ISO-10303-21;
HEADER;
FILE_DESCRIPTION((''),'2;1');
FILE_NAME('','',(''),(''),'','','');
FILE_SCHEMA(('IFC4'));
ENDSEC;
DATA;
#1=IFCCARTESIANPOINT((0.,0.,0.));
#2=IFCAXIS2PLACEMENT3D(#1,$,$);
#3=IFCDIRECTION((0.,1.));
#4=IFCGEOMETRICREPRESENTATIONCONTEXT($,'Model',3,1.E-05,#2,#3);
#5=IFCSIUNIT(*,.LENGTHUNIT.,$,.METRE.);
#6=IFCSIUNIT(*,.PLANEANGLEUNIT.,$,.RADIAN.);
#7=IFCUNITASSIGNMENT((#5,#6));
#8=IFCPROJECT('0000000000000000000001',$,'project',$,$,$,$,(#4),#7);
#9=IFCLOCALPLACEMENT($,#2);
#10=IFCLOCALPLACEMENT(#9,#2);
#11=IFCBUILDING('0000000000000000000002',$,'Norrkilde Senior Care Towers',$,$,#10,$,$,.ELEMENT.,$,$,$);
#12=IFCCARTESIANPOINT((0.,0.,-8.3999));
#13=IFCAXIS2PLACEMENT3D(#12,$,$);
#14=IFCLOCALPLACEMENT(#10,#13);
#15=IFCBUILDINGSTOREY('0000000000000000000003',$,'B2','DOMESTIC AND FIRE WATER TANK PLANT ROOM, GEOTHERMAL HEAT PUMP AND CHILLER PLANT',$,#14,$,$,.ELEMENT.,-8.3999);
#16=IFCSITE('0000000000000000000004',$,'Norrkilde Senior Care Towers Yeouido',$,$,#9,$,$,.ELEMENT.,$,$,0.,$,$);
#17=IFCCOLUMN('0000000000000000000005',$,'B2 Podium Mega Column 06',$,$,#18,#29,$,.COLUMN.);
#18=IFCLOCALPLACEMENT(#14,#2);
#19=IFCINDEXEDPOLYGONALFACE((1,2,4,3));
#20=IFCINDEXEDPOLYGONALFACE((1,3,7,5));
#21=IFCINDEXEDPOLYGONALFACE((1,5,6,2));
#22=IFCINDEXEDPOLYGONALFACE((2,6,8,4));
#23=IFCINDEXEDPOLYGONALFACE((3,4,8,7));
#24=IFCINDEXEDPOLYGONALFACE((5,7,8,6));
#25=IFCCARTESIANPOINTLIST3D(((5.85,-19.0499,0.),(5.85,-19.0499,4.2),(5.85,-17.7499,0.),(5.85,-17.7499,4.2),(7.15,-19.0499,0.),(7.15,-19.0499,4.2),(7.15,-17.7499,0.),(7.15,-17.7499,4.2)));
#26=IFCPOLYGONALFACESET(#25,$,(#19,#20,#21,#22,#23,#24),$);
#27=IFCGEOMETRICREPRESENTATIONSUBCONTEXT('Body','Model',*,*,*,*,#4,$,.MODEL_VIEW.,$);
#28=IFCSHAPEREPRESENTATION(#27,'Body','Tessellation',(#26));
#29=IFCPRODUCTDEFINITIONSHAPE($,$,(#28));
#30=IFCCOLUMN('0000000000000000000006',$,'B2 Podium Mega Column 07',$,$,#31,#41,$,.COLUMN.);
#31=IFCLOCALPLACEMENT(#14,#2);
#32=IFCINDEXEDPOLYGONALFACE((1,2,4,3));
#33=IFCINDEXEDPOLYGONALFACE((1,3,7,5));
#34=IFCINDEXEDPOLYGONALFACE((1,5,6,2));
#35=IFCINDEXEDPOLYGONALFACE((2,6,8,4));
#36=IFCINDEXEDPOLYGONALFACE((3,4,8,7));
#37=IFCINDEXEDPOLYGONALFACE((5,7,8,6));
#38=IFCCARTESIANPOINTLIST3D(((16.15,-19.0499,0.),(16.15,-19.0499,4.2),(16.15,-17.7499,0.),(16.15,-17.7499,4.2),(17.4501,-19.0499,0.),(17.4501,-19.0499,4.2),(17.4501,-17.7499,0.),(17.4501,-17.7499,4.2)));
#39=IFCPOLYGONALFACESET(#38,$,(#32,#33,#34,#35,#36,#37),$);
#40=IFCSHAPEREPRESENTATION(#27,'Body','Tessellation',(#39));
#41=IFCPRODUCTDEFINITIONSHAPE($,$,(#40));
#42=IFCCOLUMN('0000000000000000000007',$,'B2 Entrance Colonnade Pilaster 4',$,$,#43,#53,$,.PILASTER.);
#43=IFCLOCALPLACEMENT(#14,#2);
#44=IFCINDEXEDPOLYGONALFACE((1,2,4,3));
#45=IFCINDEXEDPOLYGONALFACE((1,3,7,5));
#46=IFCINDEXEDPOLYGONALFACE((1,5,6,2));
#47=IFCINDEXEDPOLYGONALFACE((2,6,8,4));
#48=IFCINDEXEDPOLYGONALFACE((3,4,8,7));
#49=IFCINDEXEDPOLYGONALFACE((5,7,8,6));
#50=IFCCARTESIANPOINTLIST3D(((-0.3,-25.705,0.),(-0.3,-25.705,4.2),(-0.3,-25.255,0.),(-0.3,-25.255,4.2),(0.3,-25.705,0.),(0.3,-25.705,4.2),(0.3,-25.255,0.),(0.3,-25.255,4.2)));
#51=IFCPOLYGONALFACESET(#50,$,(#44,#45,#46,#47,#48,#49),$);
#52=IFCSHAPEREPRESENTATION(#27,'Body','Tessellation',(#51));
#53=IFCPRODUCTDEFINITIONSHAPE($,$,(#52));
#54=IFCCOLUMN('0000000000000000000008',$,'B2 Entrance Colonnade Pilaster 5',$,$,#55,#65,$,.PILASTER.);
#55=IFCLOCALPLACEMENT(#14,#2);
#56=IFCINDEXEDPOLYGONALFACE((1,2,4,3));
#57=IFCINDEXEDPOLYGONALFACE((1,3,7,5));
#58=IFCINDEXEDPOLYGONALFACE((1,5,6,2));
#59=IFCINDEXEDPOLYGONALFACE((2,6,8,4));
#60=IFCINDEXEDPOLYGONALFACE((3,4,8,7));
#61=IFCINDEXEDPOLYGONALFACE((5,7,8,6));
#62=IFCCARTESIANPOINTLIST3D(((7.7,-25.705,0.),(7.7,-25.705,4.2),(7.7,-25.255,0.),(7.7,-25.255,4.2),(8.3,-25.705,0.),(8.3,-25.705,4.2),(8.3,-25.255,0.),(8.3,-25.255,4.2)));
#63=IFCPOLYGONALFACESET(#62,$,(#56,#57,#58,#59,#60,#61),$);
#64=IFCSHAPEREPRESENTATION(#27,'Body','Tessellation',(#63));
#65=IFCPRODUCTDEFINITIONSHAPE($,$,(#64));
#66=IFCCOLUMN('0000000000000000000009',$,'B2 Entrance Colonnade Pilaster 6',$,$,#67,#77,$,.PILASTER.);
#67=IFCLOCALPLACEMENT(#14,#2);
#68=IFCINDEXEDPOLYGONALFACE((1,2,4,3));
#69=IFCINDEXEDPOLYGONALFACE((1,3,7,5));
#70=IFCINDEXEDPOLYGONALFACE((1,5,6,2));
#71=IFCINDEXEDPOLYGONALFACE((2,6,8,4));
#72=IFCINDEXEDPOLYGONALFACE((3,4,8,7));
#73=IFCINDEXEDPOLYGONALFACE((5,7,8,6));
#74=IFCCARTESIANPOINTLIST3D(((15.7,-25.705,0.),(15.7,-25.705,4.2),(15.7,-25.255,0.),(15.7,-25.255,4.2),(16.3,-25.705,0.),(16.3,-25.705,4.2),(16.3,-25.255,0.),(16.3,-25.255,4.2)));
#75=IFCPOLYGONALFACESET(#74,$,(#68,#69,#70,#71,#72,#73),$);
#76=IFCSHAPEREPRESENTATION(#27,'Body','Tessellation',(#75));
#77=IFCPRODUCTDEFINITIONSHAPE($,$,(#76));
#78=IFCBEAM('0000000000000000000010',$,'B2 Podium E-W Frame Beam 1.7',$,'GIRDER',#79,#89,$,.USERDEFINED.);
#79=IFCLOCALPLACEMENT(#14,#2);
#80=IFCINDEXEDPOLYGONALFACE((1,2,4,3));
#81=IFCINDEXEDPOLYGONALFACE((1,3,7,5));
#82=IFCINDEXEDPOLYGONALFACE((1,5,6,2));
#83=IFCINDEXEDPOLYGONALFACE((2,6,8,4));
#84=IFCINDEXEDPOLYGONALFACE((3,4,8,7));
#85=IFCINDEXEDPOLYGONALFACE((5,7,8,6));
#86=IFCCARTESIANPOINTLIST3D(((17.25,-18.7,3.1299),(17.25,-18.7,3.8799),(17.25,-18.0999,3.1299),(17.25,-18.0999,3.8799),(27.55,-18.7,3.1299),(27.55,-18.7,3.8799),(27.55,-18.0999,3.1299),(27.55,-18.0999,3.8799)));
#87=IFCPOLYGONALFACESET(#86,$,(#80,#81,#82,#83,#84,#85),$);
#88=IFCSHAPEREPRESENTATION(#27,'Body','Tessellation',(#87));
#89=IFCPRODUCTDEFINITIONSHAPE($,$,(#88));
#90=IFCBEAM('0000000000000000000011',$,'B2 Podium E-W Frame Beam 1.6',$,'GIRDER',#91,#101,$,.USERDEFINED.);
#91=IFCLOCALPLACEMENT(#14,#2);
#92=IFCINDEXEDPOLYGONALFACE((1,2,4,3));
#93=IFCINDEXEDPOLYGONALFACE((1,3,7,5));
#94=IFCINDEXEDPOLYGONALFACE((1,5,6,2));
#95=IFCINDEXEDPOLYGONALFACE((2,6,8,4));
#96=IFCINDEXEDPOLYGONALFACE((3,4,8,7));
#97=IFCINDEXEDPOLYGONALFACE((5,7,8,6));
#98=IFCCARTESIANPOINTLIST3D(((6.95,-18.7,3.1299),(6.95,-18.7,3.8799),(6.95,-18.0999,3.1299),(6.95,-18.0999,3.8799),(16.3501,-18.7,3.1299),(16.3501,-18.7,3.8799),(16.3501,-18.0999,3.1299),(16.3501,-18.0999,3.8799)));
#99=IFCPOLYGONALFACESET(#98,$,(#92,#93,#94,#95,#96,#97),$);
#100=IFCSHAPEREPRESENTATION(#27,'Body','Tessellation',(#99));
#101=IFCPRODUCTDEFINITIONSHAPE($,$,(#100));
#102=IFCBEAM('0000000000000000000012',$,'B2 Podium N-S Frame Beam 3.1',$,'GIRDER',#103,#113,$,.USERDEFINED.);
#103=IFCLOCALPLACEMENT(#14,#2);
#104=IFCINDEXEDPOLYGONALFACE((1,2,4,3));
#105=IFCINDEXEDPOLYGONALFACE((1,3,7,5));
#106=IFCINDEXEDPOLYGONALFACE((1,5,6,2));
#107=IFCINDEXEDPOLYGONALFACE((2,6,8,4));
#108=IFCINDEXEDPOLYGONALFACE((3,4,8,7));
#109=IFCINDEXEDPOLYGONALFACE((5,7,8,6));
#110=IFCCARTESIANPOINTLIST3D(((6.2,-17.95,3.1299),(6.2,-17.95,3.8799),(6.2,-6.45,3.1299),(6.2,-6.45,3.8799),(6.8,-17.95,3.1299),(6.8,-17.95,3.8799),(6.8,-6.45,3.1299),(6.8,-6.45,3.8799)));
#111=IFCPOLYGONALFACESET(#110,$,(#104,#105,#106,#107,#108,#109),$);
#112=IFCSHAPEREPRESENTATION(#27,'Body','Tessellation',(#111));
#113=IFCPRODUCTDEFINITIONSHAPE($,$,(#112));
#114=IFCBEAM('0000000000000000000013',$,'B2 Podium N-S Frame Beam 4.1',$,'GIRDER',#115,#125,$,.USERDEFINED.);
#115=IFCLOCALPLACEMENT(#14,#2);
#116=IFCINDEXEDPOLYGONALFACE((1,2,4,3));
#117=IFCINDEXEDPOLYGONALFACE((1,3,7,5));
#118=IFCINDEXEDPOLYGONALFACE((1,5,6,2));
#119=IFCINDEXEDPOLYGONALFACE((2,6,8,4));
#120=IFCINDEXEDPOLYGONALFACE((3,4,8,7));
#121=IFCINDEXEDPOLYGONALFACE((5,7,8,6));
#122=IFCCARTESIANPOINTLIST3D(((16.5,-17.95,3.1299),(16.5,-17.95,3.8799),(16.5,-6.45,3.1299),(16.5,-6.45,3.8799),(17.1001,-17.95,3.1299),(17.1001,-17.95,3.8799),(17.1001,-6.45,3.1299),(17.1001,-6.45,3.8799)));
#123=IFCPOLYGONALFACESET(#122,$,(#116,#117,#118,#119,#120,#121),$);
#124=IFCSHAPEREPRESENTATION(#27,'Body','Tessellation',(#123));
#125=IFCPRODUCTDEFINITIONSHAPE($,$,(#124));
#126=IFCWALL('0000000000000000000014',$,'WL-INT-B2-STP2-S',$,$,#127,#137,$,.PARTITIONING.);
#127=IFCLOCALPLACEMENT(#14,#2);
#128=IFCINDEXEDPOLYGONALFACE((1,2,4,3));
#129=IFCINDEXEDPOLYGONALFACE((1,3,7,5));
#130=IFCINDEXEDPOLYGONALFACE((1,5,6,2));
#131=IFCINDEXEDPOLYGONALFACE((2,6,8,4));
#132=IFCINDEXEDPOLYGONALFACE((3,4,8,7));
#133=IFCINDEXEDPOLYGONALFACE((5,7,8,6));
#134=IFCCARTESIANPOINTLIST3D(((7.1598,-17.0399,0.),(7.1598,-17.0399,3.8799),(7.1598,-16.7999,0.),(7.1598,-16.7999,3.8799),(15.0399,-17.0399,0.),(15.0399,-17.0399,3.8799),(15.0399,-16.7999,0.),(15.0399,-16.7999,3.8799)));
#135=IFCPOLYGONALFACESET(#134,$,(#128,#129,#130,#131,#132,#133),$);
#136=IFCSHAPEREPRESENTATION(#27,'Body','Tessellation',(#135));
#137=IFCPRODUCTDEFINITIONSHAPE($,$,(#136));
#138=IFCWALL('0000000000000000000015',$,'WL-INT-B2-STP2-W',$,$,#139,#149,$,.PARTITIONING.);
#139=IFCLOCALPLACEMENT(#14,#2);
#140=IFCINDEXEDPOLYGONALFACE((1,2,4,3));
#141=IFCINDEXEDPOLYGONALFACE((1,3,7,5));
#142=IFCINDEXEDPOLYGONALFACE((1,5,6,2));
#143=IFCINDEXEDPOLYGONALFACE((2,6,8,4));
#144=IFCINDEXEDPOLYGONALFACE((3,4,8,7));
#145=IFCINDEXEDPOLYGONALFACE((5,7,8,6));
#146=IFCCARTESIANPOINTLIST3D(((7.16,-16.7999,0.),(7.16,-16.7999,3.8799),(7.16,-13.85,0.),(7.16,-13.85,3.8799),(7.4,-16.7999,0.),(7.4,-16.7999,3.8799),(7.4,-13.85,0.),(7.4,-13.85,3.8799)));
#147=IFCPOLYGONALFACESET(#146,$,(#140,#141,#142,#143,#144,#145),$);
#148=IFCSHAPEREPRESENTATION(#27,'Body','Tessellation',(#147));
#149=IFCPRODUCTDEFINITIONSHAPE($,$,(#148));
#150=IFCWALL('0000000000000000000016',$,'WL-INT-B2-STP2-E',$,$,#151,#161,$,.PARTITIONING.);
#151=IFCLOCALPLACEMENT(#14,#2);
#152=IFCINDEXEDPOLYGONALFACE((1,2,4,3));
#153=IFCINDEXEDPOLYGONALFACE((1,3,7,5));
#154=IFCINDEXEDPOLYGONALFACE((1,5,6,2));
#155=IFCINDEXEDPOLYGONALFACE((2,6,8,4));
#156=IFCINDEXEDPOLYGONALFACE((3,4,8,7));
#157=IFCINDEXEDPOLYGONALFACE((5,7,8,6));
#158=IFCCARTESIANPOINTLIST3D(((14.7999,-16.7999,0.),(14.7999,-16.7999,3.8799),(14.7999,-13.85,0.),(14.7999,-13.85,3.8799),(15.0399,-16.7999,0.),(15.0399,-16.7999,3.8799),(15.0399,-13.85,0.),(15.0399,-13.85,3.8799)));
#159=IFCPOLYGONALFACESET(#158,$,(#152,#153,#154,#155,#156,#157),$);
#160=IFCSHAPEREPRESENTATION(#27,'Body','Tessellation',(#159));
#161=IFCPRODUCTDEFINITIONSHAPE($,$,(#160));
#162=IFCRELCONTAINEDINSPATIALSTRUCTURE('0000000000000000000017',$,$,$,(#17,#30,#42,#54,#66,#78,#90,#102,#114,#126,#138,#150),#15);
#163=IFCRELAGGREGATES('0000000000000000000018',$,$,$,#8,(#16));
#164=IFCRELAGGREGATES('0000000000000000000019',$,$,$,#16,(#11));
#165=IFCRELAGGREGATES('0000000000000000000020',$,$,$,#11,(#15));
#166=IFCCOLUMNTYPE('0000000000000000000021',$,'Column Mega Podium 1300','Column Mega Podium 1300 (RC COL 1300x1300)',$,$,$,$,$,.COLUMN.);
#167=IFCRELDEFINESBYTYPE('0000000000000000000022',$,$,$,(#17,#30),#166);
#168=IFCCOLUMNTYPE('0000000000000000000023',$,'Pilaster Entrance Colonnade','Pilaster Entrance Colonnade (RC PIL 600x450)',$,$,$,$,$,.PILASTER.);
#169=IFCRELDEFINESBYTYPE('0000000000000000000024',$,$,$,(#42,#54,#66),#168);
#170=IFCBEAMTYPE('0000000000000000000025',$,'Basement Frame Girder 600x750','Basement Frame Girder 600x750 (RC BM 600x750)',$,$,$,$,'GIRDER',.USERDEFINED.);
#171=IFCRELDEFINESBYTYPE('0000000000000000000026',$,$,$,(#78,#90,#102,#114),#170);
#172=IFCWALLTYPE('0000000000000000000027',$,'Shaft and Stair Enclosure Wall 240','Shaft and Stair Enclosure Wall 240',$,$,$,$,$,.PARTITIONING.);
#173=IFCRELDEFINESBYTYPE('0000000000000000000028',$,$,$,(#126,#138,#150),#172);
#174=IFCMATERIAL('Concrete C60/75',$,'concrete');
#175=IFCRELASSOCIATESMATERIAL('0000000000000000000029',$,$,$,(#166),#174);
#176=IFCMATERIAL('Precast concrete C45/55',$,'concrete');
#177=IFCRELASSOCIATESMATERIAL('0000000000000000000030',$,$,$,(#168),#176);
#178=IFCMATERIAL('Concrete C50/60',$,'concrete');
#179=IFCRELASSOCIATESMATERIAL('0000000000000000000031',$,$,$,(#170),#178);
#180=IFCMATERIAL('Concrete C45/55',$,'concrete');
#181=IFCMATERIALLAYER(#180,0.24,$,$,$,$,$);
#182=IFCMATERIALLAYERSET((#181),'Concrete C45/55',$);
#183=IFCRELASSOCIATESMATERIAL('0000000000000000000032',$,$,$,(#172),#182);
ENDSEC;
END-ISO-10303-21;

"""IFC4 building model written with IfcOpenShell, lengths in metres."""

from ifc_helpers import new_model, si_unit, direction, frame, frame_2d, origin, origin_2d, place, context, subcontext, project, spatial, rectangle, extrude, source, transform, mapped, material, layer, layer_set, material_profile, profile_set, type_object, type_shapes, element, save


model = new_model("IFC4")

# Units and contexts
model_context = context("Model", 3, precision=1e-05, world=origin(), true_north=direction((0.0, 1.0)))
body_context = subcontext(model_context, "Body", "Model", "MODEL_VIEW")
ifc_project = project(units=[si_unit("LENGTHUNIT", "METRE"), si_unit("PLANEANGLEUNIT", "RADIAN")], contexts=[model_context])

# Site, building, storey
site_placement = place(None, origin())
site = spatial("IfcSite", under=ifc_project, at=site_placement, Name="Norrkilde Senior Care Towers Yeouido", CompositionType="ELEMENT", RefElevation=0.0)
building_placement = place(site_placement, origin())
building = spatial("IfcBuilding", under=site, at=building_placement, Name="Norrkilde Senior Care Towers", CompositionType="ELEMENT")
storey_placement = place(building_placement, frame((0.0, 0.0, -8.3999)))
storey = spatial("IfcBuildingStorey", under=building, at=storey_placement, Name="B2", Description="DOMESTIC AND FIRE WATER TANK PLANT ROOM, GEOTHERMAL HEAT PUMP AND CHILLER PLANT", CompositionType="ELEMENT", Elevation=-8.3999)

# Shared definitions
ifc_material_1 = material(Name="Concrete C45/55", Category="concrete")

# Columns
ifc_material_2 = material(Name="Concrete C60/75", Category="concrete")
ifc_material_profile_1 = material_profile(ifc_material_2, rectangle(XDim=1.3, YDim=1.3, at=origin_2d()), Name="RC COL 1300x1300")
ifc_profile_set_1 = profile_set([ifc_material_profile_1], Name="Concrete C60/75")
column_type_1 = type_object("IfcColumnType", Name="Column Mega Podium 1300", Description="Column Mega Podium 1300 (RC COL 1300x1300)", PredefinedType="COLUMN", material=ifc_profile_set_1)
shared_shape_1 = source(origin(), body_context, "Body", "SweptSolid", [
    extrude(rectangle(XDim=1.3, YDim=1.3, at=origin_2d()), origin(), (0.0, 0.0, 1.0), 4.2),
])
type_shapes(column_type_1, [shared_shape_1])
for number, where, z_axis, x_axis, name in (
    (1, (6.5, -18.3999, 0.0), (0.0, 0.0, 1.0), (1.0, 0.0, 0.0), "B2 Podium Mega Column 06"),
    (2, (16.8, -18.3999, 0.0), (0.0, 0.0, 1.0), (1.0, 0.0, 0.0), "B2 Podium Mega Column 07"),
):
    element("IfcColumn", number, at=place(storey_placement, frame(where, z_axis=z_axis, x_axis=x_axis)), inside=storey, type_object=column_type_1, Name=name, PredefinedType="COLUMN", context=body_context, shape_type="MappedRepresentation", body=[
        mapped(shared_shape_1, transform((0.0, 0.0, 0.0), x_axis=(1.0, 0.0, 0.0), y_axis=(0.0, 1.0, 0.0), z_axis=(0.0, 0.0, 1.0), scale=1.0)),
    ])
ifc_material_3 = material(Name="Precast concrete C45/55", Category="concrete")
ifc_material_profile_2 = material_profile(ifc_material_3, rectangle(XDim=0.6001, YDim=0.45, at=origin_2d()), Name="RC PIL 600x450")
ifc_profile_set_2 = profile_set([ifc_material_profile_2], Name="Precast concrete C45/55")
column_type_2 = type_object("IfcColumnType", Name="Pilaster Entrance Colonnade", Description="Pilaster Entrance Colonnade (RC PIL 600x450)", PredefinedType="PILASTER", material=ifc_profile_set_2)
shared_shape_2 = source(origin(), body_context, "Body", "SweptSolid", [
    extrude(rectangle(XDim=0.6001, YDim=0.45, at=origin_2d()), origin(), (0.0, 0.0, 1.0), 4.2),
])
type_shapes(column_type_2, [shared_shape_2])
for number, where, z_axis, x_axis, name in (
    (3, (0.0, -25.48, 0.0), (0.0, 0.0, 1.0), (1.0, 0.0, 0.0), "B2 Entrance Colonnade Pilaster 4"),
    (4, (8.0, -25.48, 0.0), (0.0, 0.0, 1.0), (1.0, 0.0, 0.0), "B2 Entrance Colonnade Pilaster 5"),
    (5, (16.0, -25.48, 0.0), (0.0, 0.0, 1.0), (1.0, 0.0, 0.0), "B2 Entrance Colonnade Pilaster 6"),
):
    element("IfcColumn", number, at=place(storey_placement, frame(where, z_axis=z_axis, x_axis=x_axis)), inside=storey, type_object=column_type_2, Name=name, PredefinedType="PILASTER", context=body_context, shape_type="MappedRepresentation", body=[
        mapped(shared_shape_2, transform((0.0, 0.0, 0.0), x_axis=(1.0, 0.0, 0.0), y_axis=(0.0, 1.0, 0.0), z_axis=(0.0, 0.0, 1.0), scale=1.0)),
    ])

# Beams
ifc_material_4 = material(Name="Concrete C50/60", Category="concrete")
ifc_material_profile_3 = material_profile(ifc_material_4, rectangle(XDim=0.6001, YDim=0.75, at=origin_2d()), Name="RC BM 600x750")
ifc_profile_set_3 = profile_set([ifc_material_profile_3], Name="Concrete C50/60")
beam_type = type_object("IfcBeamType", Name="Basement Frame Girder 600x750", Description="Basement Frame Girder 600x750 (RC BM 600x750)", ElementType="GIRDER", PredefinedType="USERDEFINED", material=ifc_profile_set_3)
shared_shape_3 = source(origin(), body_context, "Body", "SweptSolid", [
    extrude(rectangle(XDim=0.6001, YDim=0.75, at=origin_2d()), origin(), (0.0, 0.0, 1.0), 10.3),
])
beam_1_placement = place(storey_placement, frame((17.25, -18.3999, 3.5049), z_axis=(1.0, 0.0, 0.0), x_axis=(0.0, 1.0, 0.0)))
element("IfcBeam", 6, at=beam_1_placement, inside=storey, type_object=beam_type, Name="B2 Podium E-W Frame Beam 1.7", ObjectType="GIRDER", PredefinedType="USERDEFINED", context=body_context, shape_type="MappedRepresentation", body=[
    mapped(shared_shape_3, transform((0.0, 0.0, 0.0), x_axis=(1.0, 0.0, 0.0), y_axis=(0.0, 1.0, 0.0), z_axis=(0.0, 0.0, 1.0), scale=1.0)),
])
shared_shape_4 = source(origin(), body_context, "Body", "SweptSolid", [
    extrude(rectangle(XDim=0.6001, YDim=0.75, at=origin_2d()), origin(), (0.0, 0.0, 1.0), 9.4001),
])
beam_2_placement = place(storey_placement, frame((6.95, -18.3999, 3.5049), z_axis=(1.0, 0.0, 0.0), x_axis=(0.0, 1.0, 0.0)))
element("IfcBeam", 7, at=beam_2_placement, inside=storey, type_object=beam_type, Name="B2 Podium E-W Frame Beam 1.6", ObjectType="GIRDER", PredefinedType="USERDEFINED", context=body_context, shape_type="MappedRepresentation", body=[
    mapped(shared_shape_4, transform((0.0, 0.0, 0.0), x_axis=(1.0, 0.0, 0.0), y_axis=(0.0, 1.0, 0.0), z_axis=(0.0, 0.0, 1.0), scale=1.0)),
])
shared_shape_5 = source(origin(), body_context, "Body", "SweptSolid", [
    extrude(rectangle(XDim=0.6001, YDim=0.75, at=origin_2d()), origin(), (0.0, 0.0, 1.0), 11.5),
])
type_shapes(beam_type, [shared_shape_3, shared_shape_4, shared_shape_5])
for number, where, z_axis, x_axis, name in (
    (8, (6.5, -17.95, 3.5049), (0.0, 1.0, 0.0), (-1.0, 0.0, 0.0), "B2 Podium N-S Frame Beam 3.1"),
    (9, (16.8, -17.95, 3.5049), (0.0, 1.0, 0.0), (-1.0, 0.0, 0.0), "B2 Podium N-S Frame Beam 4.1"),
):
    element("IfcBeam", number, at=place(storey_placement, frame(where, z_axis=z_axis, x_axis=x_axis)), inside=storey, type_object=beam_type, Name=name, ObjectType="GIRDER", PredefinedType="USERDEFINED", context=body_context, shape_type="MappedRepresentation", body=[
        mapped(shared_shape_5, transform((0.0, 0.0, 0.0), x_axis=(1.0, 0.0, 0.0), y_axis=(0.0, 1.0, 0.0), z_axis=(0.0, 0.0, 1.0), scale=1.0)),
    ])

# Walls
ifc_layer = layer(ifc_material_1, 0.24)
ifc_layer_set = layer_set([ifc_layer], Name="Concrete C45/55")
wall_type = type_object("IfcWallType", Name="Shaft and Stair Enclosure Wall 240", Description="Shaft and Stair Enclosure Wall 240", PredefinedType="PARTITIONING", material=ifc_layer_set)
shared_shape_6 = source(origin(), body_context, "Body", "SweptSolid", [
    extrude(rectangle(XDim=7.8801, YDim=0.24, at=frame_2d((3.9399, 0.0))), origin(), (0.0, 0.0, 1.0), 3.8799),
])
wall_placement = place(storey_placement, frame((7.1599, -16.9199, 0.0), z_axis=(0.0, 0.0, 1.0), x_axis=(1.0, 0.0, 0.0)))
element("IfcWall", 10, at=wall_placement, inside=storey, type_object=wall_type, Name="WL-INT-B2-STP2-S", PredefinedType="PARTITIONING", context=body_context, shape_type="MappedRepresentation", body=[
    mapped(shared_shape_6, transform((0.0, 0.0, 0.0), x_axis=(1.0, 0.0, 0.0), y_axis=(0.0, 1.0, 0.0), z_axis=(0.0, 0.0, 1.0), scale=1.0)),
])
shared_shape_7 = source(origin(), body_context, "Body", "SweptSolid", [
    extrude(rectangle(XDim=2.95, YDim=0.24, at=frame_2d((1.4751, 0.0))), origin(), (0.0, 0.0, 1.0), 3.8799),
])
type_shapes(wall_type, [shared_shape_6, shared_shape_7])
for number, where, z_axis, x_axis, name in (
    (11, (7.28, -16.8, 0.0), (0.0, 0.0, 1.0), (0.0, 1.0, 0.0), "WL-INT-B2-STP2-W"),
    (12, (14.9199, -16.8, 0.0), (0.0, 0.0, 1.0), (0.0, 1.0, 0.0), "WL-INT-B2-STP2-E"),
):
    element("IfcWall", number, at=place(storey_placement, frame(where, z_axis=z_axis, x_axis=x_axis)), inside=storey, type_object=wall_type, Name=name, PredefinedType="PARTITIONING", context=body_context, shape_type="MappedRepresentation", body=[
        mapped(shared_shape_7, transform((0.0, 0.0, 0.0), x_axis=(1.0, 0.0, 0.0), y_axis=(0.0, 1.0, 0.0), z_axis=(0.0, 0.0, 1.0), scale=1.0)),
    ])

save(model, "model.ifc")
